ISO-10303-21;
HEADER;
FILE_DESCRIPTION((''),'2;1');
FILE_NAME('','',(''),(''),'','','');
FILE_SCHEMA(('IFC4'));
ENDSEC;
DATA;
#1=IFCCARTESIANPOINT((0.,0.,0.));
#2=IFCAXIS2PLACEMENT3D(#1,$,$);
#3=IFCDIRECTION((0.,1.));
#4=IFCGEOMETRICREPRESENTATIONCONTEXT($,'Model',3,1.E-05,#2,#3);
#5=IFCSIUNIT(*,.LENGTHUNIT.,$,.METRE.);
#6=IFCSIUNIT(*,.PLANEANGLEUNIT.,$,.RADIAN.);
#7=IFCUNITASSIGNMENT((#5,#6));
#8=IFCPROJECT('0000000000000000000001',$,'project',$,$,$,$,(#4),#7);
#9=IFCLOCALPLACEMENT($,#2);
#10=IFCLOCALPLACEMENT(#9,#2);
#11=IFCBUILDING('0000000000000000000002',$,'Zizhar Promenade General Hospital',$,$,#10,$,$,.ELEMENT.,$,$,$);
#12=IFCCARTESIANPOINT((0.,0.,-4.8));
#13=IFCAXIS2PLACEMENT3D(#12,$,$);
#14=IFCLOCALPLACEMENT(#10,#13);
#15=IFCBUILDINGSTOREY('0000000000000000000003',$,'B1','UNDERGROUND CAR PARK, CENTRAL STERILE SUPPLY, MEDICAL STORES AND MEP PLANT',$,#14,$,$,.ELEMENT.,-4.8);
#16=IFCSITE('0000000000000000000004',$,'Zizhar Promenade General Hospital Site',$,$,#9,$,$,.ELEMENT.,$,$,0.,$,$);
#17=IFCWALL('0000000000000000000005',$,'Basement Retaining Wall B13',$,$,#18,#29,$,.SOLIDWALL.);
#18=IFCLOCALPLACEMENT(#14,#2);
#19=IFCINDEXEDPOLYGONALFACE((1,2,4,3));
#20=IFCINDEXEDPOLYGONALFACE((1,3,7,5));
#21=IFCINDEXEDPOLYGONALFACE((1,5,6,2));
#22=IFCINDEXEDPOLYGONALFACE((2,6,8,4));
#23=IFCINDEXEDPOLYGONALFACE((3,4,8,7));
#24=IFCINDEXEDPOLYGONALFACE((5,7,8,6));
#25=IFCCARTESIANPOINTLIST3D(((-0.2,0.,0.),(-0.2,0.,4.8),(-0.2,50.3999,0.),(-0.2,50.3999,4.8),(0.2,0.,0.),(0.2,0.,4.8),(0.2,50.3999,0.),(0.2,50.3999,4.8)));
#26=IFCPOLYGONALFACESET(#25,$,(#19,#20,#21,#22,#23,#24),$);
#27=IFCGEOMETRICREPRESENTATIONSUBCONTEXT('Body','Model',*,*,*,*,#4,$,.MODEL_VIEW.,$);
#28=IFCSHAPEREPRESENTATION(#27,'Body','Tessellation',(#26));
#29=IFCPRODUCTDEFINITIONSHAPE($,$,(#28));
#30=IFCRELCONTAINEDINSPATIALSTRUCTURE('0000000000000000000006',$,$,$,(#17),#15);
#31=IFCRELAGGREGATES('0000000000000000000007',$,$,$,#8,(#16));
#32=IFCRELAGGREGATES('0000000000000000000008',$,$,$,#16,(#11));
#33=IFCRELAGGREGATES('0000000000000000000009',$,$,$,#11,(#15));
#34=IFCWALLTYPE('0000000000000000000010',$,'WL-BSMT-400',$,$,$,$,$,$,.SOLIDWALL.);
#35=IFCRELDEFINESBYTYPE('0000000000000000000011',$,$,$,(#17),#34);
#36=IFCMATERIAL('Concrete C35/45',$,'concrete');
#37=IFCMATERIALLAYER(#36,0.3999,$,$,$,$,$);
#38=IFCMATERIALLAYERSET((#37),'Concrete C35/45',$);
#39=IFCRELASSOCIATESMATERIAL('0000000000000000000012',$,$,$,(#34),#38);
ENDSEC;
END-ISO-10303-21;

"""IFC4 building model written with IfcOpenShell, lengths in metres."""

from ifc_helpers import new_model, si_unit, direction, frame, frame_2d, origin, place, context, subcontext, project, spatial, rectangle, extrude, material, layer, layer_set, type_object, element, save


model = new_model("IFC4")

# Units and contexts
model_context = context("Model", 3, precision=1e-05, world=origin(), true_north=direction((0.0, 1.0)))
body_context = subcontext(model_context, "Body", "Model", "MODEL_VIEW")
ifc_project = project(units=[si_unit("LENGTHUNIT", "METRE"), si_unit("PLANEANGLEUNIT", "RADIAN")], contexts=[model_context])

# Site, building, storey
site_placement = place(None, origin())
site = spatial("IfcSite", under=ifc_project, at=site_placement, Name="Zizhar Promenade General Hospital Site", CompositionType="ELEMENT", RefElevation=0.0)
building_placement = place(site_placement, origin())
building = spatial("IfcBuilding", under=site, at=building_placement, Name="Zizhar Promenade General Hospital", CompositionType="ELEMENT")
storey_placement = place(building_placement, frame((0.0, 0.0, -4.8)))
storey = spatial("IfcBuildingStorey", under=building, at=storey_placement, Name="B1", Description="UNDERGROUND CAR PARK, CENTRAL STERILE SUPPLY, MEDICAL STORES AND MEP PLANT", CompositionType="ELEMENT", Elevation=-4.8)

# Wall
ifc_material_1 = material(Name="Concrete C35/45", Category="concrete")
ifc_layer = layer(ifc_material_1, 0.3999)
ifc_layer_set = layer_set([ifc_layer], Name="Concrete C35/45")
wall_type = type_object("IfcWallType", Name="WL-BSMT-400", PredefinedType="SOLIDWALL", material=ifc_layer_set)
wall_placement = place(storey_placement, frame((0.0, 50.3999, 0.0), z_axis=(0.0, 0.0, 1.0), x_axis=(0.0, -1.0, 0.0)))
element("IfcWall", 1, at=wall_placement, inside=storey, type_object=wall_type, Name="Basement Retaining Wall B13", PredefinedType="SOLIDWALL", context=body_context, shape_type="SweptSolid", body=[
    extrude(rectangle(XDim=50.3999, YDim=0.3999, at=frame_2d((25.2, 0.0))), origin(), (0.0, 0.0, 1.0), 4.8),
])

save(model, "model.ifc")
